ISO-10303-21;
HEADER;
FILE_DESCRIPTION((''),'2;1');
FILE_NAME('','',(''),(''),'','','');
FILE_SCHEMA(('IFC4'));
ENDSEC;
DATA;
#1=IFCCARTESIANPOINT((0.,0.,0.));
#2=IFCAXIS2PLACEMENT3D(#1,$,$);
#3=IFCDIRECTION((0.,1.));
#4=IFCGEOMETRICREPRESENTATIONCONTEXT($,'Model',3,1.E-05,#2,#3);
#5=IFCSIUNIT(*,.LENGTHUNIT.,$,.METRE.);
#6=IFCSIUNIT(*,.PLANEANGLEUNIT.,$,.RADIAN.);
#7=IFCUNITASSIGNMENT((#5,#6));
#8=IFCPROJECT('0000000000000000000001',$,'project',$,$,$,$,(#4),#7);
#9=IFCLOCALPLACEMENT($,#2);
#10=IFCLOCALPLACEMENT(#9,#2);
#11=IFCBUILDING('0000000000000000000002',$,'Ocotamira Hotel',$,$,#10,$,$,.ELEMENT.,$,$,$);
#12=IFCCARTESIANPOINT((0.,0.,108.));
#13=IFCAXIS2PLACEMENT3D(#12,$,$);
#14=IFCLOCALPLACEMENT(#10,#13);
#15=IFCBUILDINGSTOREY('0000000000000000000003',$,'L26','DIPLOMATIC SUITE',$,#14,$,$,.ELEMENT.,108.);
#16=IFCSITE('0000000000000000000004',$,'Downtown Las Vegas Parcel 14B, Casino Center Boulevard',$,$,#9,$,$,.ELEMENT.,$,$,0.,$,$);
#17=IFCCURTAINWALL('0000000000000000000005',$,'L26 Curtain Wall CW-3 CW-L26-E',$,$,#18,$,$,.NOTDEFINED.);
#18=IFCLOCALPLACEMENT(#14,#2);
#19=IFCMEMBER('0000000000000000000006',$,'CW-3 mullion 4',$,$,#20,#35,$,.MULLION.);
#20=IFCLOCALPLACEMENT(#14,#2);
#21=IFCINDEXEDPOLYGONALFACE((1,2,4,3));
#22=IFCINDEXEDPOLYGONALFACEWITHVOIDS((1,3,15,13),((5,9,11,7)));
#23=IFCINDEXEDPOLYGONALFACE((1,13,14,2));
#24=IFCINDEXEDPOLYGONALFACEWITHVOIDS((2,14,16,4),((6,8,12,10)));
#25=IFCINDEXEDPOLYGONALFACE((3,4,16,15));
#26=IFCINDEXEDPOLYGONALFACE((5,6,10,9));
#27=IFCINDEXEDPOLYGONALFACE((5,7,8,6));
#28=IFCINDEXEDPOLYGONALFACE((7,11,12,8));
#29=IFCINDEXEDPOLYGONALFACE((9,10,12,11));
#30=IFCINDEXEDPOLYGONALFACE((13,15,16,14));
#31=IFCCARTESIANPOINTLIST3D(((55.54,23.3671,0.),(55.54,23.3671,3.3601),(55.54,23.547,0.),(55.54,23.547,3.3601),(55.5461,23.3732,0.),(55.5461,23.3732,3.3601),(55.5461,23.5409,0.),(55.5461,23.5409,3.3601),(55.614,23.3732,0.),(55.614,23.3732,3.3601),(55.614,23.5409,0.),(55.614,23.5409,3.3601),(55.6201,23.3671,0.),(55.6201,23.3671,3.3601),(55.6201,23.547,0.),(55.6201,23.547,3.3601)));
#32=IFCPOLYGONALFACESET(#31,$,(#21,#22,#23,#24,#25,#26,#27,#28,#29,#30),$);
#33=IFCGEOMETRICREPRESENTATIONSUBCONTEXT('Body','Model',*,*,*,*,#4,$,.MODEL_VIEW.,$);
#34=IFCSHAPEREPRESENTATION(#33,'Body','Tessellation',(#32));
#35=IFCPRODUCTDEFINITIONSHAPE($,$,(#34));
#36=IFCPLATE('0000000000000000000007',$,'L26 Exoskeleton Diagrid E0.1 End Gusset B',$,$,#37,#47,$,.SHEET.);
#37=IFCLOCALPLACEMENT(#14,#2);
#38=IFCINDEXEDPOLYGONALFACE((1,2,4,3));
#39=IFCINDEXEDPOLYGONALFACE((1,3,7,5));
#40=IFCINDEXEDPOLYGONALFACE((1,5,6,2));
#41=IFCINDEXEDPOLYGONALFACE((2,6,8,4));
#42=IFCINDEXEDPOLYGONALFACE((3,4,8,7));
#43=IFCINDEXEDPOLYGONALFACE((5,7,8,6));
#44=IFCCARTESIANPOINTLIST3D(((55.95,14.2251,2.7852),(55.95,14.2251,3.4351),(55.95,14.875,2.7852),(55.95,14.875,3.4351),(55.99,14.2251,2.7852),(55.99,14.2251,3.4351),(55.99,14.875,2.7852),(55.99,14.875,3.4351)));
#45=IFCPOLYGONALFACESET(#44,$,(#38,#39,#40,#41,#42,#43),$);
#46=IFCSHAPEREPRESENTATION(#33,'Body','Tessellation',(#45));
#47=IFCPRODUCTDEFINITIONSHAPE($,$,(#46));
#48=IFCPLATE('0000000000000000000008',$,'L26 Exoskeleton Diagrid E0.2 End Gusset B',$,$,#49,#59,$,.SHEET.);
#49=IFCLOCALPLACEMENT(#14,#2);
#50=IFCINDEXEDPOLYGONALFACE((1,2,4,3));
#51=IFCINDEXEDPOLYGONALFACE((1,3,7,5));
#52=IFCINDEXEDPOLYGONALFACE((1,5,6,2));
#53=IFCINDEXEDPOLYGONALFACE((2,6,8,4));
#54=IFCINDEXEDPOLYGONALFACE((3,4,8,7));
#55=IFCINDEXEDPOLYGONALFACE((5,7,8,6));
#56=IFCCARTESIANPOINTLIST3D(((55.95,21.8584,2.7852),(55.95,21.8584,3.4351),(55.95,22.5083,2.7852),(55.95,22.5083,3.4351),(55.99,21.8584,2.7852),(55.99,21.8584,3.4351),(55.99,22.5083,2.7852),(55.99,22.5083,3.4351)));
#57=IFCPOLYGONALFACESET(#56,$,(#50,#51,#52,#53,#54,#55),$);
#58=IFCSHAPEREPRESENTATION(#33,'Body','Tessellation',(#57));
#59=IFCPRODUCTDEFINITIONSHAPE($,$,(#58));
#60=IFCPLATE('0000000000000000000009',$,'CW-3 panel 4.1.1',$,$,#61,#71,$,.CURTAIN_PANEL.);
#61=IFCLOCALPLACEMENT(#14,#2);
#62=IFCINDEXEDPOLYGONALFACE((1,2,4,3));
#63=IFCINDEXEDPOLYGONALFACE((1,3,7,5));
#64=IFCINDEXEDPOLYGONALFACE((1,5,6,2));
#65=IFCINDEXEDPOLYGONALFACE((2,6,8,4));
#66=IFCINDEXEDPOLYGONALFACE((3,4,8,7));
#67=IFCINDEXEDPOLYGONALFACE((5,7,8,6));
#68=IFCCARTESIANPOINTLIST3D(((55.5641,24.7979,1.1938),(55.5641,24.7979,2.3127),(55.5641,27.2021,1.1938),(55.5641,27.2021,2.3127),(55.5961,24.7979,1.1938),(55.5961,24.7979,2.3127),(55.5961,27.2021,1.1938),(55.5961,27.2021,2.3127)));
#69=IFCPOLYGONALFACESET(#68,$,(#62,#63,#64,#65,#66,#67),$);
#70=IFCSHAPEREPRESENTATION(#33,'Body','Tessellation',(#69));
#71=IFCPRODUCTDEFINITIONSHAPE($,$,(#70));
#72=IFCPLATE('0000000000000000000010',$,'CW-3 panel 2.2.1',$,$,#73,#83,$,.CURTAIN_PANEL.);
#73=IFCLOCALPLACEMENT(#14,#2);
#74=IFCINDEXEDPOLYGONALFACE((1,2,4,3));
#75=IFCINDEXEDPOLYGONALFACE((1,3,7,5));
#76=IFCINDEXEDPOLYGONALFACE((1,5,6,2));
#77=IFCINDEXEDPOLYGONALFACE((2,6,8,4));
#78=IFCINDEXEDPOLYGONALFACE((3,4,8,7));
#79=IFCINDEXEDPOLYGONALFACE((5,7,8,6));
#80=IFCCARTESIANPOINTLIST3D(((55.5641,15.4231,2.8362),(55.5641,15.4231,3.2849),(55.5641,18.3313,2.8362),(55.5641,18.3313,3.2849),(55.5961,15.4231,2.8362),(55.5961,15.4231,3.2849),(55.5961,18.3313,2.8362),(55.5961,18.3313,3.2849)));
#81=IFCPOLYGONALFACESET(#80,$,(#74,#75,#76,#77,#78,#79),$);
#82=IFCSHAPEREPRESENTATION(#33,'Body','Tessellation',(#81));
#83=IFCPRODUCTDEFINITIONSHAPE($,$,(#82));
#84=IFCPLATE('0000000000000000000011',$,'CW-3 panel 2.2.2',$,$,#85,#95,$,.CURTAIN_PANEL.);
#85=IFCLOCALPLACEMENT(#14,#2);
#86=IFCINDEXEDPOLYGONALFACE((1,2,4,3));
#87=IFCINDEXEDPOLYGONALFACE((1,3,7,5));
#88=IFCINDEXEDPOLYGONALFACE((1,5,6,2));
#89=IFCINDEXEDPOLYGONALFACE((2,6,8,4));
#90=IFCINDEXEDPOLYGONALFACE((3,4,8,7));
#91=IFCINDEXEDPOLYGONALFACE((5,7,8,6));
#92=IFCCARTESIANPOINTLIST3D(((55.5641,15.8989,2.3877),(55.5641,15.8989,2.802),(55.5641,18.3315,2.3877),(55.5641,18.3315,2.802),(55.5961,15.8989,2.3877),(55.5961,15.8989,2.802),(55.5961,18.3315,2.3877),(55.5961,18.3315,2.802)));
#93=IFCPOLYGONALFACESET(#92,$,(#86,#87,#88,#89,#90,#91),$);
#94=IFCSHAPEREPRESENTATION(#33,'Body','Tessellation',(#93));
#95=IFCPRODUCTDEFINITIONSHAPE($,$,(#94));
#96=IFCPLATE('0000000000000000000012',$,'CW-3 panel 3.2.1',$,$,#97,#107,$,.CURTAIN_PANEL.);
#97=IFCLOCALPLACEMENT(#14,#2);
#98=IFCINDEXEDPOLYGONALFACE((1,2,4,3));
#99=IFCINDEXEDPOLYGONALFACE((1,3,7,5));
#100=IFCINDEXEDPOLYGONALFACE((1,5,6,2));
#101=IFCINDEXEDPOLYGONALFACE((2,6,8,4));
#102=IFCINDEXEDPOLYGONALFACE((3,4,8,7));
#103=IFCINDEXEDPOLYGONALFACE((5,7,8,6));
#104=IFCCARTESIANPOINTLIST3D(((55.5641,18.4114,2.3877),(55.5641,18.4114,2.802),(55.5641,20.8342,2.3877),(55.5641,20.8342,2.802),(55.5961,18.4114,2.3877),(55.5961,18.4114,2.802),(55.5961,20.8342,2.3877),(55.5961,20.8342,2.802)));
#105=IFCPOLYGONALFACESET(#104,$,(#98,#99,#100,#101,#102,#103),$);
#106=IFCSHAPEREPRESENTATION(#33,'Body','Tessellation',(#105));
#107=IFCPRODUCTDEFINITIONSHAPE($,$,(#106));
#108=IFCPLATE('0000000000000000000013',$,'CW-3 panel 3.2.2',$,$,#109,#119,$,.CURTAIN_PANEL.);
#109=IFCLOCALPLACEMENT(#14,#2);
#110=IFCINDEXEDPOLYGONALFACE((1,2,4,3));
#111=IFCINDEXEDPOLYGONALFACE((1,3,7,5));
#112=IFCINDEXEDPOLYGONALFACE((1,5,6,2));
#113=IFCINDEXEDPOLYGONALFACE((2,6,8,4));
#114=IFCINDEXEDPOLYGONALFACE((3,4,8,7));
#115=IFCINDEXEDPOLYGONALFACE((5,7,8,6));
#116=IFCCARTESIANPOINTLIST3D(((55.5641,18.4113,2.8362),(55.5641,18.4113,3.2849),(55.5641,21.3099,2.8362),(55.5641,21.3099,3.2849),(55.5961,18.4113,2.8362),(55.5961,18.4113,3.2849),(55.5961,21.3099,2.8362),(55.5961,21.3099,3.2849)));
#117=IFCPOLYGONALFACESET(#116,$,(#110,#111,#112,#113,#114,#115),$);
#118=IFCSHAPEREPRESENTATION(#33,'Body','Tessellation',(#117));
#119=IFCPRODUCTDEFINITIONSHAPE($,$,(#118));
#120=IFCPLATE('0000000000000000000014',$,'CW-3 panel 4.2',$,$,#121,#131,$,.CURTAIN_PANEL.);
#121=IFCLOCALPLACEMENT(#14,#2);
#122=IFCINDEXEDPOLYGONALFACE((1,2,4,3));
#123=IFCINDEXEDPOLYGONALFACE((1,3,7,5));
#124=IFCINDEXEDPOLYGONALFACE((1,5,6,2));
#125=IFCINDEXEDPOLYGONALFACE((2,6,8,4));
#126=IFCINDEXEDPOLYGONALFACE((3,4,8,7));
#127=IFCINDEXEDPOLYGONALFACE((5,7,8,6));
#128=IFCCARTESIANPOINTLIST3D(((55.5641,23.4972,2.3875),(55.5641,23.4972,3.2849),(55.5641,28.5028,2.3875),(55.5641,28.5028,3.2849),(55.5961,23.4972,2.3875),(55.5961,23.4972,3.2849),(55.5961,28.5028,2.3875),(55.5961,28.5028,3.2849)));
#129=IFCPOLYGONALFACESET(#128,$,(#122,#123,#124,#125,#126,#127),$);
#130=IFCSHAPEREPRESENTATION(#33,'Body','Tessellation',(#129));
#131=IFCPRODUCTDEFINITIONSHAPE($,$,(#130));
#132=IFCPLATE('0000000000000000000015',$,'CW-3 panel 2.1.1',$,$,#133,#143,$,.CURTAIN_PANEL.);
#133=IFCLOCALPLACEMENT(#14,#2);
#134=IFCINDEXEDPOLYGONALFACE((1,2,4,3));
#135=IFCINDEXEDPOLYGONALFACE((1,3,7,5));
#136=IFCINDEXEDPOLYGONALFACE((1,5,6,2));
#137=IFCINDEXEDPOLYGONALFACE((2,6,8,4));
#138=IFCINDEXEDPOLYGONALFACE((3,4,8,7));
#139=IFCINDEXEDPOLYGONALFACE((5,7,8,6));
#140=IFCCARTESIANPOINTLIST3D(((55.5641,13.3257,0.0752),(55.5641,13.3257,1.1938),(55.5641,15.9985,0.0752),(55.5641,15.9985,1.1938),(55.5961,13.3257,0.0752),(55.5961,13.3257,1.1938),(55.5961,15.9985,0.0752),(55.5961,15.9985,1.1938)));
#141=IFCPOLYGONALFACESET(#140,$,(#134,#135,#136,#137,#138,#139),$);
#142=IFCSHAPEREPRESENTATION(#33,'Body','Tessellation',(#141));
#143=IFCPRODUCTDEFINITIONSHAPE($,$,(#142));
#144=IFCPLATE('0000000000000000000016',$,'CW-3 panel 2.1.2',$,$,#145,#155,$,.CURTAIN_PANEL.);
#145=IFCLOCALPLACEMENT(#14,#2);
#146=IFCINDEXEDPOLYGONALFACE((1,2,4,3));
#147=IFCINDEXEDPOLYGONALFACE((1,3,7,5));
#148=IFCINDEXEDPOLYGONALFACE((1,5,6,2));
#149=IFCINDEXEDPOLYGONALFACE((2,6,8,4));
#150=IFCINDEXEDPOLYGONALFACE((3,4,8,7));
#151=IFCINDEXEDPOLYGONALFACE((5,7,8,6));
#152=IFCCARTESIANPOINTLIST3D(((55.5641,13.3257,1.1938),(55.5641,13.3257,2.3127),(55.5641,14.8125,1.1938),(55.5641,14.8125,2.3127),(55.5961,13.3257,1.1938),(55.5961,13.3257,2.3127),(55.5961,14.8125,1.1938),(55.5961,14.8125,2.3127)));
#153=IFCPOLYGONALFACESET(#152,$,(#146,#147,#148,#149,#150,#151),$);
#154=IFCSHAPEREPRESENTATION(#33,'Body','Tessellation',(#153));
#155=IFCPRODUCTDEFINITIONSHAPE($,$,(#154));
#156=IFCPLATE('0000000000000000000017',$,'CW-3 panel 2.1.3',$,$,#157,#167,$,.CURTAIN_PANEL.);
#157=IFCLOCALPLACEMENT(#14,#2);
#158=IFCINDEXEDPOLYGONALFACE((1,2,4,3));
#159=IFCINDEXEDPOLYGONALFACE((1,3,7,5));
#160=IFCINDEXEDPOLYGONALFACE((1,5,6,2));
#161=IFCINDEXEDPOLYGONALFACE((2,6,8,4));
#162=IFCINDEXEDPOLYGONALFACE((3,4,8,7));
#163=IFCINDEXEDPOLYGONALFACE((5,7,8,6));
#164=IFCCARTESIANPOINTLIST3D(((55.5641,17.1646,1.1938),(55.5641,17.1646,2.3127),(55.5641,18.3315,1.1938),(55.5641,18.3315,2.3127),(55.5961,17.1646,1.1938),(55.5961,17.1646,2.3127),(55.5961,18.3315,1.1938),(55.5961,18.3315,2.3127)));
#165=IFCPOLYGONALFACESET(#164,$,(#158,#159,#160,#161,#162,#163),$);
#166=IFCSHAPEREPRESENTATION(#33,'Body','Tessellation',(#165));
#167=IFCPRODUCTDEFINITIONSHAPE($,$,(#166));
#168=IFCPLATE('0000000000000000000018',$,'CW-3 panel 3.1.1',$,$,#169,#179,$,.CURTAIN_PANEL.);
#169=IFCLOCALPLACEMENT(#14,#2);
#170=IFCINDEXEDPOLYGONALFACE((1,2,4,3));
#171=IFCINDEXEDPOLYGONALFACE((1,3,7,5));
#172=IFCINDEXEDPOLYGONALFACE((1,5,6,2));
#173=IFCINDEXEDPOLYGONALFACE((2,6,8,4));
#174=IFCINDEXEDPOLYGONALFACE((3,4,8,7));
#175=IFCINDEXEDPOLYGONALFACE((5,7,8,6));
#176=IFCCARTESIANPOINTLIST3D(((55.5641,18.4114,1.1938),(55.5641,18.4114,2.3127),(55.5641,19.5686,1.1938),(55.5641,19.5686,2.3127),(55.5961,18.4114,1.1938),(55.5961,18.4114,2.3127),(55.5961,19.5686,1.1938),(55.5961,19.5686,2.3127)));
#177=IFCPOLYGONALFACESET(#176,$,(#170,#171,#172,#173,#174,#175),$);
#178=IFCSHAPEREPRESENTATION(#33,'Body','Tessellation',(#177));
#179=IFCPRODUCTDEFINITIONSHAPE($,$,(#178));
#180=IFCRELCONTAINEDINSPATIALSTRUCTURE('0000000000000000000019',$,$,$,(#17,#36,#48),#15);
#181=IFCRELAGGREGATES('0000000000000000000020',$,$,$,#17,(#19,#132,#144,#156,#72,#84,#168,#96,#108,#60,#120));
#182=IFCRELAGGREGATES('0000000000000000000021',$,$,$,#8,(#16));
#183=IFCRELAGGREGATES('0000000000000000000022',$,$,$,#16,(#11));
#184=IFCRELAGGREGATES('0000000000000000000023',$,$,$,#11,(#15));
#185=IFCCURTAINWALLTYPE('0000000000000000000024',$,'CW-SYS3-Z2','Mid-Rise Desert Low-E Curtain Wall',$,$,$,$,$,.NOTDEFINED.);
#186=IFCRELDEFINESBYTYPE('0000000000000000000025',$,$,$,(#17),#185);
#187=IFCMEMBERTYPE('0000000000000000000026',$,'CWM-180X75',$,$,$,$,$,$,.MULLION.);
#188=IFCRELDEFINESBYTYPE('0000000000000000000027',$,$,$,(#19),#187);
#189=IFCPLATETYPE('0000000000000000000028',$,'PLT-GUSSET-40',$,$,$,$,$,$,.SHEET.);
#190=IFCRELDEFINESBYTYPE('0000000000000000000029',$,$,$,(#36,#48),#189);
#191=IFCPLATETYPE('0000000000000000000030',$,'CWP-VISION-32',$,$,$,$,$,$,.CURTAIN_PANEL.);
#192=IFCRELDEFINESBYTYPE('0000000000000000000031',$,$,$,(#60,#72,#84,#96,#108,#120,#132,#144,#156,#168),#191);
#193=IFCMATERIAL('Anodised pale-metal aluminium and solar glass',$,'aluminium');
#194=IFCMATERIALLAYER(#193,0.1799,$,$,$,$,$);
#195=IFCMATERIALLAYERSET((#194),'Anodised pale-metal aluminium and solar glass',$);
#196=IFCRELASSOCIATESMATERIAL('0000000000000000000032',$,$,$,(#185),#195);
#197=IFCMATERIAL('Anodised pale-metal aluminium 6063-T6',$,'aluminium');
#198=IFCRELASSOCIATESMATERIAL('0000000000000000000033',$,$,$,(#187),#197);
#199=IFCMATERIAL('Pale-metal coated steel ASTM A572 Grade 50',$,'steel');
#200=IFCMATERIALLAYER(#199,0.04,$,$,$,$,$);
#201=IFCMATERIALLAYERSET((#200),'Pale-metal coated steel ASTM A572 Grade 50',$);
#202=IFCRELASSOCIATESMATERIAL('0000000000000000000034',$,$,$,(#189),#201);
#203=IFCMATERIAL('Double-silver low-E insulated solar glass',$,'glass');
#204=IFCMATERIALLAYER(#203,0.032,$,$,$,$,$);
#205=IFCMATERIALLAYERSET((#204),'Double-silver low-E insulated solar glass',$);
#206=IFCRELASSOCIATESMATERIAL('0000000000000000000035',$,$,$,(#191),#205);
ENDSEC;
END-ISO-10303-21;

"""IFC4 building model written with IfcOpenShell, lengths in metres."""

from ifc_helpers import new_model, si_unit, direction, frame, origin, origin_2d, place, context, subcontext, project, spatial, rectangle, hollow_rectangle, extrude, source, transform, mapped, material, layer, layer_set, material_profile, profile_set, type_object, element, aggregate, save


model = new_model("IFC4")

# Units and contexts
model_context = context("Model", 3, precision=1e-05, world=origin(), true_north=direction((0.0, 1.0)))
body_context = subcontext(model_context, "Body", "Model", "MODEL_VIEW")
ifc_project = project(units=[si_unit("LENGTHUNIT", "METRE"), si_unit("PLANEANGLEUNIT", "RADIAN")], contexts=[model_context])

# Site, building, storey
site_placement = place(None, origin())
site = spatial("IfcSite", under=ifc_project, at=site_placement, Name="Downtown Las Vegas Parcel 14B, Casino Center Boulevard", CompositionType="ELEMENT", RefElevation=0.0)
building_placement = place(site_placement, origin())
building = spatial("IfcBuilding", under=site, at=building_placement, Name="Ocotamira Hotel", CompositionType="ELEMENT")
storey_placement = place(building_placement, frame((0.0, 0.0, 108.0)))
storey = spatial("IfcBuildingStorey", under=building, at=storey_placement, Name="L26", Description="DIPLOMATIC SUITE", CompositionType="ELEMENT", Elevation=108.0)

# Curtain wall, member
ifc_material_1 = material(Name="Anodised pale-metal aluminium and solar glass", Category="aluminium")
ifc_layer_1 = layer(ifc_material_1, 0.1799)
ifc_layer_set_1 = layer_set([ifc_layer_1], Name="Anodised pale-metal aluminium and solar glass")
curtain_wall_type = type_object("IfcCurtainWallType", Name="CW-SYS3-Z2", Description="Mid-Rise Desert Low-E Curtain Wall", PredefinedType="NOTDEFINED", material=ifc_layer_set_1)
curtain_wall_placement = place(storey_placement, origin())
curtain_wall = element("IfcCurtainWall", 1, at=curtain_wall_placement, inside=storey, type_object=curtain_wall_type, Name="L26 Curtain Wall CW-3 CW-L26-E", PredefinedType="NOTDEFINED")
ifc_material_2 = material(Name="Anodised pale-metal aluminium 6063-T6", Category="aluminium")
ifc_material_profile_1 = material_profile(ifc_material_2, hollow_rectangle(XDim=0.0801, YDim=0.1799, WallThickness=0.0061, at=origin_2d()), Name="HSS180X80X6")
ifc_profile_set_1 = profile_set([ifc_material_profile_1], Name="Anodised pale-metal aluminium 6063-T6")
member_type_1 = type_object("IfcMemberType", Name="CWM-180X75", PredefinedType="MULLION", material=ifc_profile_set_1)
shared_shape_1 = source(origin(), body_context, "Body", "SweptSolid", [
    extrude(hollow_rectangle(XDim=0.0801, YDim=0.1799, WallThickness=0.0061, at=origin_2d()), origin(), (0.0, 0.0, 1.0), 3.3601),
])
member_1_placement = place(storey_placement, frame((55.5801, 23.457, 0.0), z_axis=(0.0, 0.0, 1.0), x_axis=(-1.0, 0.0, 0.0)))
member_1 = element("IfcMember", 2, at=member_1_placement, type_object=member_type_1, Name="CW-3 mullion 4", PredefinedType="MULLION", context=body_context, shape_type="MappedRepresentation", body=[
    mapped(shared_shape_1, transform((0.0, 0.0, 0.0), scale=1.0)),
])

# Plates
ifc_material_3 = material(Name="Pale-metal coated steel ASTM A572 Grade 50", Category="steel")
ifc_layer_2 = layer(ifc_material_3, 0.04)
ifc_layer_set_2 = layer_set([ifc_layer_2], Name="Pale-metal coated steel ASTM A572 Grade 50")
plate_type_1 = type_object("IfcPlateType", Name="PLT-GUSSET-40", PredefinedType="SHEET", material=ifc_layer_set_2)
shared_shape_2 = source(origin(), body_context, "Body", "SweptSolid", [
    extrude(rectangle(XDim=0.04, YDim=0.6499, at=origin_2d()), origin(), (0.0, 0.0, 1.0), 0.6499),
])
for number, where, z_axis, x_axis, name in (
    (3, (55.97, 14.55, 2.7852), (0.0, 0.0, 1.0), (1.0, 0.0, 0.0), "L26 Exoskeleton Diagrid E0.1 End Gusset B"),
    (4, (55.97, 22.1833, 2.7852), (0.0, 0.0, 1.0), (1.0, 0.0, 0.0), "L26 Exoskeleton Diagrid E0.2 End Gusset B"),
):
    element("IfcPlate", number, at=place(storey_placement, frame(where, z_axis=z_axis, x_axis=x_axis)), inside=storey, type_object=plate_type_1, Name=name, PredefinedType="SHEET", context=body_context, shape_type="MappedRepresentation", body=[
        mapped(shared_shape_2, transform((0.0, 0.0, 0.0), scale=1.0)),
    ])

# Plates
ifc_material_4 = material(Name="Double-silver low-E insulated solar glass", Category="glass")
ifc_layer_3 = layer(ifc_material_4, 0.032)
ifc_layer_set_3 = layer_set([ifc_layer_3], Name="Double-silver low-E insulated solar glass")
plate_type_2 = type_object("IfcPlateType", Name="CWP-VISION-32", PredefinedType="CURTAIN_PANEL", material=ifc_layer_set_3)
shared_shape_3 = source(origin(), body_context, "Body", "SweptSolid", [
    extrude(rectangle(XDim=2.4043, YDim=0.032, at=origin_2d()), origin(), (0.0, 0.0, 1.0), 1.1189),
])
plate_1_placement = place(storey_placement, frame((55.5801, 26.0, 1.1938), z_axis=(0.0, 0.0, 1.0), x_axis=(0.0, 1.0, 0.0)))
plate_1 = element("IfcPlate", 5, at=plate_1_placement, type_object=plate_type_2, Name="CW-3 panel 4.1.1", PredefinedType="CURTAIN_PANEL", context=body_context, shape_type="MappedRepresentation", body=[
    mapped(shared_shape_3, transform((0.0, 0.0, 0.0), scale=1.0)),
])
shared_shape_4 = source(origin(), body_context, "Body", "SweptSolid", [
    extrude(rectangle(XDim=2.9082, YDim=0.032, at=origin_2d()), origin(), (0.0, 0.0, 1.0), 0.4487),
])
plate_2_placement = place(storey_placement, frame((55.5801, 16.8772, 2.8362), z_axis=(0.0, 0.0, 1.0), x_axis=(0.0, 1.0, 0.0)))
plate_2 = element("IfcPlate", 6, at=plate_2_placement, type_object=plate_type_2, Name="CW-3 panel 2.2.1", PredefinedType="CURTAIN_PANEL", context=body_context, shape_type="MappedRepresentation", body=[
    mapped(shared_shape_4, transform((0.0, 0.0, 0.0), scale=1.0)),
])
shared_shape_5 = source(origin(), body_context, "Body", "SweptSolid", [
    extrude(rectangle(XDim=2.4326, YDim=0.032, at=origin_2d()), origin(), (0.0, 0.0, 1.0), 0.4143),
])
plate_3_placement = place(storey_placement, frame((55.5801, 17.1152, 2.3877), z_axis=(0.0, 0.0, 1.0), x_axis=(0.0, 1.0, 0.0)))
plate_3 = element("IfcPlate", 7, at=plate_3_placement, type_object=plate_type_2, Name="CW-3 panel 2.2.2", PredefinedType="CURTAIN_PANEL", context=body_context, shape_type="MappedRepresentation", body=[
    mapped(shared_shape_5, transform((0.0, 0.0, 0.0), scale=1.0)),
])
shared_shape_6 = source(origin(), body_context, "Body", "SweptSolid", [
    extrude(rectangle(XDim=2.4229, YDim=0.032, at=origin_2d()), origin(), (0.0, 0.0, 1.0), 0.4143),
])
plate_4_placement = place(storey_placement, frame((55.5801, 19.6228, 2.3877), z_axis=(0.0, 0.0, 1.0), x_axis=(0.0, 1.0, 0.0)))
plate_4 = element("IfcPlate", 8, at=plate_4_placement, type_object=plate_type_2, Name="CW-3 panel 3.2.1", PredefinedType="CURTAIN_PANEL", context=body_context, shape_type="MappedRepresentation", body=[
    mapped(shared_shape_6, transform((0.0, 0.0, 0.0), scale=1.0)),
])
shared_shape_7 = source(origin(), body_context, "Body", "SweptSolid", [
    extrude(rectangle(XDim=2.8987, YDim=0.032, at=origin_2d()), origin(), (0.0, 0.0, 1.0), 0.4487),
])
plate_5_placement = place(storey_placement, frame((55.5801, 19.8606, 2.8362), z_axis=(0.0, 0.0, 1.0), x_axis=(0.0, 1.0, 0.0)))
plate_5 = element("IfcPlate", 9, at=plate_5_placement, type_object=plate_type_2, Name="CW-3 panel 3.2.2", PredefinedType="CURTAIN_PANEL", context=body_context, shape_type="MappedRepresentation", body=[
    mapped(shared_shape_7, transform((0.0, 0.0, 0.0), scale=1.0)),
])
shared_shape_8 = source(origin(), body_context, "Body", "SweptSolid", [
    extrude(rectangle(XDim=5.0056, YDim=0.032, at=origin_2d()), origin(), (0.0, 0.0, 1.0), 0.8975),
])
plate_6_placement = place(storey_placement, frame((55.5801, 26.0, 2.3875), z_axis=(0.0, 0.0, 1.0), x_axis=(0.0, 1.0, 0.0)))
plate_6 = element("IfcPlate", 10, at=plate_6_placement, type_object=plate_type_2, Name="CW-3 panel 4.2", PredefinedType="CURTAIN_PANEL", context=body_context, shape_type="MappedRepresentation", body=[
    mapped(shared_shape_8, transform((0.0, 0.0, 0.0), scale=1.0)),
])
shared_shape_9 = source(origin(), body_context, "Body", "SweptSolid", [
    extrude(rectangle(XDim=2.6729, YDim=0.032, at=origin_2d()), origin(), (0.0, 0.0, 1.0), 1.1187),
])
plate_7_placement = place(storey_placement, frame((55.5801, 14.6621, 0.0752), z_axis=(0.0, 0.0, 1.0), x_axis=(0.0, 1.0, 0.0)))
plate_7 = element("IfcPlate", 11, at=plate_7_placement, type_object=plate_type_2, Name="CW-3 panel 2.1.1", PredefinedType="CURTAIN_PANEL", context=body_context, shape_type="MappedRepresentation", body=[
    mapped(shared_shape_9, transform((0.0, 0.0, 0.0), scale=1.0)),
])
shared_shape_10 = source(origin(), body_context, "Body", "SweptSolid", [
    extrude(rectangle(XDim=1.4868, YDim=0.032, at=origin_2d()), origin(), (0.0, 0.0, 1.0), 1.1189),
])
plate_8_placement = place(storey_placement, frame((55.5801, 14.0691, 1.1938), z_axis=(0.0, 0.0, 1.0), x_axis=(0.0, 1.0, 0.0)))
plate_8 = element("IfcPlate", 12, at=plate_8_placement, type_object=plate_type_2, Name="CW-3 panel 2.1.2", PredefinedType="CURTAIN_PANEL", context=body_context, shape_type="MappedRepresentation", body=[
    mapped(shared_shape_10, transform((0.0, 0.0, 0.0), scale=1.0)),
])
shared_shape_11 = source(origin(), body_context, "Body", "SweptSolid", [
    extrude(rectangle(XDim=1.167, YDim=0.032, at=origin_2d()), origin(), (0.0, 0.0, 1.0), 1.1189),
])
plate_9_placement = place(storey_placement, frame((55.5801, 17.748, 1.1938), z_axis=(0.0, 0.0, 1.0), x_axis=(0.0, 1.0, 0.0)))
plate_9 = element("IfcPlate", 13, at=plate_9_placement, type_object=plate_type_2, Name="CW-3 panel 2.1.3", PredefinedType="CURTAIN_PANEL", context=body_context, shape_type="MappedRepresentation", body=[
    mapped(shared_shape_11, transform((0.0, 0.0, 0.0), scale=1.0)),
])
shared_shape_12 = source(origin(), body_context, "Body", "SweptSolid", [
    extrude(rectangle(XDim=1.1572, YDim=0.032, at=origin_2d()), origin(), (0.0, 0.0, 1.0), 1.1189),
])
plate_10_placement = place(storey_placement, frame((55.5801, 18.99, 1.1938), z_axis=(0.0, 0.0, 1.0), x_axis=(0.0, 1.0, 0.0)))
plate_10 = element("IfcPlate", 14, at=plate_10_placement, type_object=plate_type_2, Name="CW-3 panel 3.1.1", PredefinedType="CURTAIN_PANEL", context=body_context, shape_type="MappedRepresentation", body=[
    mapped(shared_shape_12, transform((0.0, 0.0, 0.0), scale=1.0)),
])
aggregate(curtain_wall, [member_1, plate_7, plate_8, plate_9, plate_2, plate_3, plate_10, plate_4, plate_5, plate_1, plate_6])

save(model, "model.ifc")
